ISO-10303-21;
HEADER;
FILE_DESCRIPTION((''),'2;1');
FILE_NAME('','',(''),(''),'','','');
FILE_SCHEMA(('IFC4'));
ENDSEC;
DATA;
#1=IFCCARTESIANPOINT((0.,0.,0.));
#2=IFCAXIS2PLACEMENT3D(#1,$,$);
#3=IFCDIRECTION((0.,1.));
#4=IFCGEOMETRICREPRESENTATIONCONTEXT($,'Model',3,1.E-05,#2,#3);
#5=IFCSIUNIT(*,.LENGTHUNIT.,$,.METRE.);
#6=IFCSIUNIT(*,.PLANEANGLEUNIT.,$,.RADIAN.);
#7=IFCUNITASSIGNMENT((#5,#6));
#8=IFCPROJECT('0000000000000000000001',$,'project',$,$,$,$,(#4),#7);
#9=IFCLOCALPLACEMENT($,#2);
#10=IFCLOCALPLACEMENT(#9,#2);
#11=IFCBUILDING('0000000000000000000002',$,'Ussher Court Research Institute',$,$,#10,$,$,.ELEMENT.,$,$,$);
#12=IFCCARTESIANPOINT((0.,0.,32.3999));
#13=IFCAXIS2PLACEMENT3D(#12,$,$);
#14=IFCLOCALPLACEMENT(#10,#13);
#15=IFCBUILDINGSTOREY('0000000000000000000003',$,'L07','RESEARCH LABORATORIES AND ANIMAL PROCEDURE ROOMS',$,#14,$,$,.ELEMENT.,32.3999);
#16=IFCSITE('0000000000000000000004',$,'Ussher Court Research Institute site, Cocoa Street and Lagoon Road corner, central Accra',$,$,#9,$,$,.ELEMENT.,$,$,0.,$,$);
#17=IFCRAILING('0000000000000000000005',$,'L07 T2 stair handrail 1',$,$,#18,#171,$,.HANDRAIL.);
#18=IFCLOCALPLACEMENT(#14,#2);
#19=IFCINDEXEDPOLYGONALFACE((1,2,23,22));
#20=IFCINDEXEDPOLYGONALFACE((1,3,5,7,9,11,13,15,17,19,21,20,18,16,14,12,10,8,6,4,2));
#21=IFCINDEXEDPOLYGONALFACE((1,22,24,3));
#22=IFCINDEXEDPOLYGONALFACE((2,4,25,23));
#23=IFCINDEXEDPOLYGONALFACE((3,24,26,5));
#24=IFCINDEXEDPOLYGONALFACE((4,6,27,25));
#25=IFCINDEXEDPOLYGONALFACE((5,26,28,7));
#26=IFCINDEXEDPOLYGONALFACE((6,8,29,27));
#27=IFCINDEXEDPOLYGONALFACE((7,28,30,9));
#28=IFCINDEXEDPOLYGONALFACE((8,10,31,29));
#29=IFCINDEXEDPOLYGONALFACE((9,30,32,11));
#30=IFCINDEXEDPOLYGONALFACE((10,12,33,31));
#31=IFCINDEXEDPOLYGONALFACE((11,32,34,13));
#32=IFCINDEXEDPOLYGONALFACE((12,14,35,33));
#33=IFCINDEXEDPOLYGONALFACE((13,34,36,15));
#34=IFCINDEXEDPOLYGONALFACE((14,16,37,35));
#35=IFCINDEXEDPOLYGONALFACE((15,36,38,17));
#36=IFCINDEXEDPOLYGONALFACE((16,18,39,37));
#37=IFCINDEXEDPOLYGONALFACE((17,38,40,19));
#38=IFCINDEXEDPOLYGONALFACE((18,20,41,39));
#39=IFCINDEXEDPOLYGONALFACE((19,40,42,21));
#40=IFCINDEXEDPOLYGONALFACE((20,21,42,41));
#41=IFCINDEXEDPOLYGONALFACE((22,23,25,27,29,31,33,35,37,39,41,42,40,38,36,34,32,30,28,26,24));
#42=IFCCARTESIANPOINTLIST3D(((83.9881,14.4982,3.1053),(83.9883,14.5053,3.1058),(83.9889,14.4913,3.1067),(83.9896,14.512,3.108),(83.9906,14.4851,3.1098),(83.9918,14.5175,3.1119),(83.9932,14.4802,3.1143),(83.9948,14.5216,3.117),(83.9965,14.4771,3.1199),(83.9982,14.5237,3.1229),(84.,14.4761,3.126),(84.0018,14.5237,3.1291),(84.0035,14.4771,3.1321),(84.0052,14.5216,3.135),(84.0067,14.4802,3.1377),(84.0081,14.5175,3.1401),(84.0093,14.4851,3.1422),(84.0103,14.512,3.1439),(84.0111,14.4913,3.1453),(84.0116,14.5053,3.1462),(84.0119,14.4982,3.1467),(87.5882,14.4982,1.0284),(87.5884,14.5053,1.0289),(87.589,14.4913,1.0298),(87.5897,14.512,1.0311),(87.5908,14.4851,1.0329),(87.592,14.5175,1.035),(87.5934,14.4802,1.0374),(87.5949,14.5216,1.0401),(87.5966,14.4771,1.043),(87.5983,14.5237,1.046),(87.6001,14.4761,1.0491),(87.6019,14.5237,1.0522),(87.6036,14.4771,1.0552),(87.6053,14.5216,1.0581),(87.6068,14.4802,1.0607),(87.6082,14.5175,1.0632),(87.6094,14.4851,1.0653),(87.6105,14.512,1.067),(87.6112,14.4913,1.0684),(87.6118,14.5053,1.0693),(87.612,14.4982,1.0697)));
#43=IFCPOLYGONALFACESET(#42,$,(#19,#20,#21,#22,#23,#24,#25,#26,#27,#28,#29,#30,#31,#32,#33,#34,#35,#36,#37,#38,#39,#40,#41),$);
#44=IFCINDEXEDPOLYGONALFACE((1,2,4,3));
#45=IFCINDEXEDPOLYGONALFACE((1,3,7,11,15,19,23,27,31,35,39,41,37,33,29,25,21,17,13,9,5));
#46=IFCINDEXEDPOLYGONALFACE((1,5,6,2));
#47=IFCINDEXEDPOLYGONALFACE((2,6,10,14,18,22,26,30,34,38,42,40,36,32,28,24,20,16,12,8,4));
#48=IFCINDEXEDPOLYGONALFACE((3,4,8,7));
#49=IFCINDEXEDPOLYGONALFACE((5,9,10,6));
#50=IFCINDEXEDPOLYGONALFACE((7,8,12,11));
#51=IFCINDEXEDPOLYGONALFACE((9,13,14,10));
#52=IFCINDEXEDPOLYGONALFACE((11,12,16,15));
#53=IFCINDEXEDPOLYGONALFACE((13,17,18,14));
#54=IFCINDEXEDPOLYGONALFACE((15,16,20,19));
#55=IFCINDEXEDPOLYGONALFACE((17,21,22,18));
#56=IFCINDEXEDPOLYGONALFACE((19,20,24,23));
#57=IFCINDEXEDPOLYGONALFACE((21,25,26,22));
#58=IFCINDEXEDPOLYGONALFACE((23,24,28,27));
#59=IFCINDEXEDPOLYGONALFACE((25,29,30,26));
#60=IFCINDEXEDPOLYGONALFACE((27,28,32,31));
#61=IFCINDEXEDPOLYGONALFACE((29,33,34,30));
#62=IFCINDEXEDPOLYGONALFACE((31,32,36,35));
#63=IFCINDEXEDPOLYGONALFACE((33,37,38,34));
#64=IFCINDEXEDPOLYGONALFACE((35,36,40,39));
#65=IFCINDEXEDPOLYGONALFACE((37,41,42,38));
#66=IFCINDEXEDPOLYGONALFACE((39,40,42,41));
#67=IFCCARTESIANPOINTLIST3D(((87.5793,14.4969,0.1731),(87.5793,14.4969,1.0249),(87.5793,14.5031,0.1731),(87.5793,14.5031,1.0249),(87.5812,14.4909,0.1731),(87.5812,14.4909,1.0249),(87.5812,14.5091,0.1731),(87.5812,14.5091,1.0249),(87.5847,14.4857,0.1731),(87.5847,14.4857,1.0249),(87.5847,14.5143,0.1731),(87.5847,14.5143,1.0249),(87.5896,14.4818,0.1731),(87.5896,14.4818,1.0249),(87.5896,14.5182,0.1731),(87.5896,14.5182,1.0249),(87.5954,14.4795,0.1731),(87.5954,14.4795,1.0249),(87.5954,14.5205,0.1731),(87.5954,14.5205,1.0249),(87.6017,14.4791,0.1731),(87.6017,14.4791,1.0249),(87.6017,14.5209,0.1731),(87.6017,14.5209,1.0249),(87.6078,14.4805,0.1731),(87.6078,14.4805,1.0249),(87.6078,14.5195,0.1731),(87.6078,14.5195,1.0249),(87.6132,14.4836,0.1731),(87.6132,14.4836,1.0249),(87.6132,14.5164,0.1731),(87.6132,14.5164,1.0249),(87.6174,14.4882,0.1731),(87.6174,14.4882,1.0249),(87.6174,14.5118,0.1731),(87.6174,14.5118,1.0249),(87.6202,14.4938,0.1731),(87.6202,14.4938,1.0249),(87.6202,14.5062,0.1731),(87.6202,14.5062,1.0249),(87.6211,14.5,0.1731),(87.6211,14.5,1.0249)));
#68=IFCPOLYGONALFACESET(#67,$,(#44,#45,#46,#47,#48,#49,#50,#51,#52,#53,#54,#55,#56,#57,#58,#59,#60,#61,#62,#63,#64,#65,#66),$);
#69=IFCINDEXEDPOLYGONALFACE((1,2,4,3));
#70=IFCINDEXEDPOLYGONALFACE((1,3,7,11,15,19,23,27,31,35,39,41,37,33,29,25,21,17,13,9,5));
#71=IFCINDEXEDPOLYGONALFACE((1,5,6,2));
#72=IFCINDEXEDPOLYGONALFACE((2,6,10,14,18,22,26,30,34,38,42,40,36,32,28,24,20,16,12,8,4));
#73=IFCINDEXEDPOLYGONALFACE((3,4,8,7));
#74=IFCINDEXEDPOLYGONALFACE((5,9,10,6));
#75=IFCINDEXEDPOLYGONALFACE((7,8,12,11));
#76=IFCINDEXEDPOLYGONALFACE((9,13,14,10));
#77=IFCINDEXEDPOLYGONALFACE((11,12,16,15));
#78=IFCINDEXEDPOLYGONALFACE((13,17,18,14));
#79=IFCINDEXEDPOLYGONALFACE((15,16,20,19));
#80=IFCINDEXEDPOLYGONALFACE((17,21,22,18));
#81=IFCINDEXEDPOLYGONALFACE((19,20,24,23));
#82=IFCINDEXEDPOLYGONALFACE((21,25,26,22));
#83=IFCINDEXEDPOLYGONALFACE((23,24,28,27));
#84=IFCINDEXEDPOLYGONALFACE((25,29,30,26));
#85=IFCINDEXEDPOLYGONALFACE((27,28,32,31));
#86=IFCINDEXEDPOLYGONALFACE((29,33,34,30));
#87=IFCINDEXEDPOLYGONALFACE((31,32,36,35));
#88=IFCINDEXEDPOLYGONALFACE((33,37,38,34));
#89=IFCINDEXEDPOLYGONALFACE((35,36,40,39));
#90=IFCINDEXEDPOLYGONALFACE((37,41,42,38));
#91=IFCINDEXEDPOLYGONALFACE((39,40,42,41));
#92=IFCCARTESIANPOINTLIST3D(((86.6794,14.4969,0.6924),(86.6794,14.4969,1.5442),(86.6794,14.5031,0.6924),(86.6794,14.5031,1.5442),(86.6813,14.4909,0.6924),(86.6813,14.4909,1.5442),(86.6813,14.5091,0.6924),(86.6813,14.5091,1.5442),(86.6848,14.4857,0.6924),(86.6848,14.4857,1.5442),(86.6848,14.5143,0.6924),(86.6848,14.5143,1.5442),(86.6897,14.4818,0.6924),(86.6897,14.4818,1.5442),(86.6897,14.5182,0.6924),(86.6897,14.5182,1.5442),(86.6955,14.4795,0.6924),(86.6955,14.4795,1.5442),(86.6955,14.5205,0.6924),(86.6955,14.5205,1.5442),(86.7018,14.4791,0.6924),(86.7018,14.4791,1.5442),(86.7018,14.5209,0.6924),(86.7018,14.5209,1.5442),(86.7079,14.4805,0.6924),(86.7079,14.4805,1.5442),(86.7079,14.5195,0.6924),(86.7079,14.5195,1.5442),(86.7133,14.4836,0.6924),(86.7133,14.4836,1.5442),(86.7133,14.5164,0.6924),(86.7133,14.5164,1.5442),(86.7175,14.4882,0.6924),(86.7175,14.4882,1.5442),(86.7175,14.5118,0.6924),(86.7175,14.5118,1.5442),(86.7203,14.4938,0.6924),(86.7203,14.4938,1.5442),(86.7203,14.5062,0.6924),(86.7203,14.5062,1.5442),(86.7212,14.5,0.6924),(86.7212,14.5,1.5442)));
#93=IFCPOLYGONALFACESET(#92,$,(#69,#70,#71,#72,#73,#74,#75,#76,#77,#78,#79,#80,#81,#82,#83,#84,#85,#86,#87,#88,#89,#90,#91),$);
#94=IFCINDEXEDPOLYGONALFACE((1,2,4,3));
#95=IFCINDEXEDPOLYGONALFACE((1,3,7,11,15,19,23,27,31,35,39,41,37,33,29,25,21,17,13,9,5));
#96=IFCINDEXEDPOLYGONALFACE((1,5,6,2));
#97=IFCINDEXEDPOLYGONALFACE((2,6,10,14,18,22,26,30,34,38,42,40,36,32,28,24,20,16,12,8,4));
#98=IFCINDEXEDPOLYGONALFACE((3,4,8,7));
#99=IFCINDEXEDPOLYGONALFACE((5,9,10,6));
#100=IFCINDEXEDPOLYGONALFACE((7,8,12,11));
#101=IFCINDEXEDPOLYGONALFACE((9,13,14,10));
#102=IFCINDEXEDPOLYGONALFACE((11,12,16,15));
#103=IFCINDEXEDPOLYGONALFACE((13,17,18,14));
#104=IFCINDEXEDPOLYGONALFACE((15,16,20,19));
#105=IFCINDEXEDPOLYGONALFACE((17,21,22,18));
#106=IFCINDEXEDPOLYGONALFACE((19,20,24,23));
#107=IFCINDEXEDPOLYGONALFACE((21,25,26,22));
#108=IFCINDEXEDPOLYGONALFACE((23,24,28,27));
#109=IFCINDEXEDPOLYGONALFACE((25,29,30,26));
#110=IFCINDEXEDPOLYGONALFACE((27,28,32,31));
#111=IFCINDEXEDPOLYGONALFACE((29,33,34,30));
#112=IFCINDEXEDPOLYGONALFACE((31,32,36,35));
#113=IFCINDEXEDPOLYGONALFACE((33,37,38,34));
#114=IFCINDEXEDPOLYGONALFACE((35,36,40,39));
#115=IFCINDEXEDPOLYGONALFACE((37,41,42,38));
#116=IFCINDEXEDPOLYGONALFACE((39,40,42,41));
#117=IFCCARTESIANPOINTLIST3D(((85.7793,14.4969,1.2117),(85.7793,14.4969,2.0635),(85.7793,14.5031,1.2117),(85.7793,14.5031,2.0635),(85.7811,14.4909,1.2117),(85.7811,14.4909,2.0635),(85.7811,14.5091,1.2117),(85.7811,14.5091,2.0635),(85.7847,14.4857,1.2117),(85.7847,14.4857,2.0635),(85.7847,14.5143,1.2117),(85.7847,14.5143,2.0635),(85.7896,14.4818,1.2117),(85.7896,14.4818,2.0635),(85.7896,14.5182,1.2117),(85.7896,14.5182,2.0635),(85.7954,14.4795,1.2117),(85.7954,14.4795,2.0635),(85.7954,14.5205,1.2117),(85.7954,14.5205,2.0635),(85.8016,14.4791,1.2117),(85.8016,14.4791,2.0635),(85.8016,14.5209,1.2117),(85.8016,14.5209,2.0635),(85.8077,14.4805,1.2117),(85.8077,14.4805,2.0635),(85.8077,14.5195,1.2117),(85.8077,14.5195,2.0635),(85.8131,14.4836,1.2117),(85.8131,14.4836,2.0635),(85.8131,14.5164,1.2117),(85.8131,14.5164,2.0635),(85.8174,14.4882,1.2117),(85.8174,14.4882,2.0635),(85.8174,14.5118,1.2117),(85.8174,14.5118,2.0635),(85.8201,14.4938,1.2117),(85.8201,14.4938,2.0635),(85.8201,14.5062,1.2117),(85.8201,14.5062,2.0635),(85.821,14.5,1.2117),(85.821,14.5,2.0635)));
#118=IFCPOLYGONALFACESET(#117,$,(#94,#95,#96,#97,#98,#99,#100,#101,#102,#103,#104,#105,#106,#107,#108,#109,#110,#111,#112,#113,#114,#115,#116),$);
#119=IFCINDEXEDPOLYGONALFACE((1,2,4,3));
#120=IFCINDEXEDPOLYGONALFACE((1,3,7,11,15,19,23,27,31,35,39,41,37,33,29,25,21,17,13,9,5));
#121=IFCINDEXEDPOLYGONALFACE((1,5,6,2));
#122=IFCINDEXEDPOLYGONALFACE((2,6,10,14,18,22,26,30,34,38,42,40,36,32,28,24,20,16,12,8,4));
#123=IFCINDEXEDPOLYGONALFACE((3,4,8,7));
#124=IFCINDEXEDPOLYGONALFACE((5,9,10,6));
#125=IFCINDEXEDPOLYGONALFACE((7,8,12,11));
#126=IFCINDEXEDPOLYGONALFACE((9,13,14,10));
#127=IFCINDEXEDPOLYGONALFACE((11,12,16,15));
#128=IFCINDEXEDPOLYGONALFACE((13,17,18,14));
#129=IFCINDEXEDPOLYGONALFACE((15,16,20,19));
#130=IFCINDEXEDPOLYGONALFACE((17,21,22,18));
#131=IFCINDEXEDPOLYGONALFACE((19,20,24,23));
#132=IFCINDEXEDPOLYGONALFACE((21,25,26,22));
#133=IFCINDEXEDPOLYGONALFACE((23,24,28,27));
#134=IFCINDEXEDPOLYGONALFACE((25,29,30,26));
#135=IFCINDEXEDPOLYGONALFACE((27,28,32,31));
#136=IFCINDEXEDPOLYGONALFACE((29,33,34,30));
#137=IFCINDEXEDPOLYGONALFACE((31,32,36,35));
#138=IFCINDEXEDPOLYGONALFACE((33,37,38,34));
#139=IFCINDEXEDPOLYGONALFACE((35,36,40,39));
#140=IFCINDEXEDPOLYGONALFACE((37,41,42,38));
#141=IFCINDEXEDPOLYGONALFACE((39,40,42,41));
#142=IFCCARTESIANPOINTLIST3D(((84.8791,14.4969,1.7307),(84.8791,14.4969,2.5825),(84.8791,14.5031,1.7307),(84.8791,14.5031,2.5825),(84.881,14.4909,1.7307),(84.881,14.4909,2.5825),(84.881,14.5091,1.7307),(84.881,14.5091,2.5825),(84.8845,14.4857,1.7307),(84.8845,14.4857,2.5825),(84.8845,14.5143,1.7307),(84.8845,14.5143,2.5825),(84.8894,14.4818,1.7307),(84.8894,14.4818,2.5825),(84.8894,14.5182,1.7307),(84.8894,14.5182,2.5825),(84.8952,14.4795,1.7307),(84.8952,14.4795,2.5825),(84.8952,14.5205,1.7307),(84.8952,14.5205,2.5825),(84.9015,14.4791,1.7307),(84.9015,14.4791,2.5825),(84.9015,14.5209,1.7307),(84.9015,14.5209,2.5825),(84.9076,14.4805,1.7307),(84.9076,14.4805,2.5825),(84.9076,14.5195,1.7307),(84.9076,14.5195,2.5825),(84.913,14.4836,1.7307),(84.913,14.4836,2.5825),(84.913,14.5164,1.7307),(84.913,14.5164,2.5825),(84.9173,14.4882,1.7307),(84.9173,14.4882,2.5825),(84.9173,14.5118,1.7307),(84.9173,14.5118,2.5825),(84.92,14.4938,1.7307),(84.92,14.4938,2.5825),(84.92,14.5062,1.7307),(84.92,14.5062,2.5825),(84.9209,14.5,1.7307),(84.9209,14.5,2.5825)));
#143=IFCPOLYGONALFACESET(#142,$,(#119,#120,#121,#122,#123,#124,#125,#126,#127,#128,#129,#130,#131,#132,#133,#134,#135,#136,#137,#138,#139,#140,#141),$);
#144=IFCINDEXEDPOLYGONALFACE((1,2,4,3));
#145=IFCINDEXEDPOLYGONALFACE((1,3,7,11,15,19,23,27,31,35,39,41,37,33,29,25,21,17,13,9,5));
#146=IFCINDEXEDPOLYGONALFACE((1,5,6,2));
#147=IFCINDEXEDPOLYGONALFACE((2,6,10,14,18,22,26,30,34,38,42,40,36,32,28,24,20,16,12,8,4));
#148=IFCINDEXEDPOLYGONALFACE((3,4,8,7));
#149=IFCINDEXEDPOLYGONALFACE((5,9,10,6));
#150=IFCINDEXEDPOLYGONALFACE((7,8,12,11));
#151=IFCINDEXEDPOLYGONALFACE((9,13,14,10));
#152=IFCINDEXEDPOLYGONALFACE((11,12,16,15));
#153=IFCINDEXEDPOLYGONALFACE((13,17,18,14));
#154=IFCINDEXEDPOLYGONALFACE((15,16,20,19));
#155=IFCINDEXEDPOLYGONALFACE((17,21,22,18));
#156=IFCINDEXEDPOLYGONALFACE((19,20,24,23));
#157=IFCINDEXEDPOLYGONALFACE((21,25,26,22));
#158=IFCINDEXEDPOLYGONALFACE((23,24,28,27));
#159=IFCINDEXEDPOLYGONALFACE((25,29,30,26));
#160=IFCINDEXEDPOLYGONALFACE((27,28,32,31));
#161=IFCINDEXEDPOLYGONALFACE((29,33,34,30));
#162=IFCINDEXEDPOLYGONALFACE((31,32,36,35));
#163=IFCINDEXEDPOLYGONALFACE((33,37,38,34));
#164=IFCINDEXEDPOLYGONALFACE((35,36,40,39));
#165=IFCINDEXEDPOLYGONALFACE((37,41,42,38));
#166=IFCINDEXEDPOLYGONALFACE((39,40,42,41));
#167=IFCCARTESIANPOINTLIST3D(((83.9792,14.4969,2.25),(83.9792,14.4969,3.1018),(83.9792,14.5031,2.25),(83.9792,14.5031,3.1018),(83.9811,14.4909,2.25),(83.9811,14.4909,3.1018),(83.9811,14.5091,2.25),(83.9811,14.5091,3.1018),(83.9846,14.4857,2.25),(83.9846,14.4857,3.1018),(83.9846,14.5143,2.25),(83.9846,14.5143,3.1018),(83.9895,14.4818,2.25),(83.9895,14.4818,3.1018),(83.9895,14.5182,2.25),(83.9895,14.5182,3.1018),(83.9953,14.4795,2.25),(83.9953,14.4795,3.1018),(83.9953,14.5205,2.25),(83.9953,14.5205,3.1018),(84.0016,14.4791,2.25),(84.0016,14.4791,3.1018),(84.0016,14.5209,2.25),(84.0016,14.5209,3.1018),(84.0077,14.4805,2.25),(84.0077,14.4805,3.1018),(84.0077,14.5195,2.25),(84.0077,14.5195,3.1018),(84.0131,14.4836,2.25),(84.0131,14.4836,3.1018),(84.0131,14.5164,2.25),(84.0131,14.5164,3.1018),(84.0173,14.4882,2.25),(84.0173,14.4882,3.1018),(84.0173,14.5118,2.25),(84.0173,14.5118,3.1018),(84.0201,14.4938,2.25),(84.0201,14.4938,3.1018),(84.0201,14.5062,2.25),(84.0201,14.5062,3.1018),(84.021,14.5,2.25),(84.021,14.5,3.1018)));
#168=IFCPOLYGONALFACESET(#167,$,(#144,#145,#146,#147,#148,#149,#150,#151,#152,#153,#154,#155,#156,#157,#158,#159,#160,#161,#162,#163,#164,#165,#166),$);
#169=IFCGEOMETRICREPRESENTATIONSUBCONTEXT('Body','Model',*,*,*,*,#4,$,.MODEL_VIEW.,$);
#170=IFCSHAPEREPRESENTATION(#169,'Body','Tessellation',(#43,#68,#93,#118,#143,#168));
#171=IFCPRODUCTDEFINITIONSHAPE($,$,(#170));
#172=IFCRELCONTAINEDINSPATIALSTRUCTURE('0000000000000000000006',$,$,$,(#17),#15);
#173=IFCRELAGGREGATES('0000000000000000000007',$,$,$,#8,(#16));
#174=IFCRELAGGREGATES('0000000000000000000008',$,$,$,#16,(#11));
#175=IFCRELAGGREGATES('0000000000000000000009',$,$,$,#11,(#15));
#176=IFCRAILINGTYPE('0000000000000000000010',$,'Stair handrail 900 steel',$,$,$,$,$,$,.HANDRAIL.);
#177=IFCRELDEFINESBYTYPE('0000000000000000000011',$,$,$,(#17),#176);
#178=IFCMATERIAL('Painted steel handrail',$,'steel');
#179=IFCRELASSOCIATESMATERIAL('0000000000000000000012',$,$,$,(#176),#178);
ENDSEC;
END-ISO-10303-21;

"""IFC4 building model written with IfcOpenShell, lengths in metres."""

from ifc_helpers import new_model, si_unit, direction, frame, origin, origin_2d, place, context, subcontext, project, spatial, circle, extrude, material, type_object, element, save


model = new_model("IFC4")

# Units and contexts
model_context = context("Model", 3, precision=1e-05, world=origin(), true_north=direction((0.0, 1.0)))
body_context = subcontext(model_context, "Body", "Model", "MODEL_VIEW")
ifc_project = project(units=[si_unit("LENGTHUNIT", "METRE"), si_unit("PLANEANGLEUNIT", "RADIAN")], contexts=[model_context])

# Site, building, storey
site_placement = place(None, origin())
site = spatial("IfcSite", under=ifc_project, at=site_placement, Name="Ussher Court Research Institute site, Cocoa Street and Lagoon Road corner, central Accra", CompositionType="ELEMENT", RefElevation=0.0)
building_placement = place(site_placement, origin())
building = spatial("IfcBuilding", under=site, at=building_placement, Name="Ussher Court Research Institute", CompositionType="ELEMENT")
storey_placement = place(building_placement, frame((0.0, 0.0, 32.3999)))
storey = spatial("IfcBuildingStorey", under=building, at=storey_placement, Name="L07", Description="RESEARCH LABORATORIES AND ANIMAL PROCEDURE ROOMS", CompositionType="ELEMENT", Elevation=32.3999)

# Railing
ifc_material_1 = material(Name="Painted steel handrail", Category="steel")
railing_type_1 = type_object("IfcRailingType", Name="Stair handrail 900 steel", PredefinedType="HANDRAIL", material=ifc_material_1)
railing_1_placement = place(storey_placement, frame((87.6001, 14.5, 0.1731)))
element("IfcRailing", 1, at=railing_1_placement, inside=storey, type_object=railing_type_1, Name="L07 T2 stair handrail 1", PredefinedType="HANDRAIL", context=body_context, shape_type="SweptSolid", body=[
    extrude(circle(Radius=0.0239, at=origin_2d()), frame((0.0, 0.0, 0.876), z_axis=(-0.866193, 0.0, 0.499709), x_axis=(0.0, -1.0, 0.0)), (0.0, 0.0, 1.0), 4.1562),
    extrude(circle(Radius=0.021, at=origin_2d()), origin(), (0.0, 0.0, 1.0), 0.8518),
    extrude(circle(Radius=0.021, at=origin_2d()), frame((-0.8999, 0.0, 0.5193)), (0.0, 0.0, 1.0), 0.8518),
    extrude(circle(Radius=0.021, at=origin_2d()), frame((-1.8, 0.0, 1.0386)), (0.0, 0.0, 1.0), 0.8518),
    extrude(circle(Radius=0.021, at=origin_2d()), frame((-2.7002, 0.0, 1.5576)), (0.0, 0.0, 1.0), 0.8518),
    extrude(circle(Radius=0.021, at=origin_2d()), frame((-3.6001, 0.0, 2.0769)), (0.0, 0.0, 1.0), 0.8518),
])

save(model, "model.ifc")
